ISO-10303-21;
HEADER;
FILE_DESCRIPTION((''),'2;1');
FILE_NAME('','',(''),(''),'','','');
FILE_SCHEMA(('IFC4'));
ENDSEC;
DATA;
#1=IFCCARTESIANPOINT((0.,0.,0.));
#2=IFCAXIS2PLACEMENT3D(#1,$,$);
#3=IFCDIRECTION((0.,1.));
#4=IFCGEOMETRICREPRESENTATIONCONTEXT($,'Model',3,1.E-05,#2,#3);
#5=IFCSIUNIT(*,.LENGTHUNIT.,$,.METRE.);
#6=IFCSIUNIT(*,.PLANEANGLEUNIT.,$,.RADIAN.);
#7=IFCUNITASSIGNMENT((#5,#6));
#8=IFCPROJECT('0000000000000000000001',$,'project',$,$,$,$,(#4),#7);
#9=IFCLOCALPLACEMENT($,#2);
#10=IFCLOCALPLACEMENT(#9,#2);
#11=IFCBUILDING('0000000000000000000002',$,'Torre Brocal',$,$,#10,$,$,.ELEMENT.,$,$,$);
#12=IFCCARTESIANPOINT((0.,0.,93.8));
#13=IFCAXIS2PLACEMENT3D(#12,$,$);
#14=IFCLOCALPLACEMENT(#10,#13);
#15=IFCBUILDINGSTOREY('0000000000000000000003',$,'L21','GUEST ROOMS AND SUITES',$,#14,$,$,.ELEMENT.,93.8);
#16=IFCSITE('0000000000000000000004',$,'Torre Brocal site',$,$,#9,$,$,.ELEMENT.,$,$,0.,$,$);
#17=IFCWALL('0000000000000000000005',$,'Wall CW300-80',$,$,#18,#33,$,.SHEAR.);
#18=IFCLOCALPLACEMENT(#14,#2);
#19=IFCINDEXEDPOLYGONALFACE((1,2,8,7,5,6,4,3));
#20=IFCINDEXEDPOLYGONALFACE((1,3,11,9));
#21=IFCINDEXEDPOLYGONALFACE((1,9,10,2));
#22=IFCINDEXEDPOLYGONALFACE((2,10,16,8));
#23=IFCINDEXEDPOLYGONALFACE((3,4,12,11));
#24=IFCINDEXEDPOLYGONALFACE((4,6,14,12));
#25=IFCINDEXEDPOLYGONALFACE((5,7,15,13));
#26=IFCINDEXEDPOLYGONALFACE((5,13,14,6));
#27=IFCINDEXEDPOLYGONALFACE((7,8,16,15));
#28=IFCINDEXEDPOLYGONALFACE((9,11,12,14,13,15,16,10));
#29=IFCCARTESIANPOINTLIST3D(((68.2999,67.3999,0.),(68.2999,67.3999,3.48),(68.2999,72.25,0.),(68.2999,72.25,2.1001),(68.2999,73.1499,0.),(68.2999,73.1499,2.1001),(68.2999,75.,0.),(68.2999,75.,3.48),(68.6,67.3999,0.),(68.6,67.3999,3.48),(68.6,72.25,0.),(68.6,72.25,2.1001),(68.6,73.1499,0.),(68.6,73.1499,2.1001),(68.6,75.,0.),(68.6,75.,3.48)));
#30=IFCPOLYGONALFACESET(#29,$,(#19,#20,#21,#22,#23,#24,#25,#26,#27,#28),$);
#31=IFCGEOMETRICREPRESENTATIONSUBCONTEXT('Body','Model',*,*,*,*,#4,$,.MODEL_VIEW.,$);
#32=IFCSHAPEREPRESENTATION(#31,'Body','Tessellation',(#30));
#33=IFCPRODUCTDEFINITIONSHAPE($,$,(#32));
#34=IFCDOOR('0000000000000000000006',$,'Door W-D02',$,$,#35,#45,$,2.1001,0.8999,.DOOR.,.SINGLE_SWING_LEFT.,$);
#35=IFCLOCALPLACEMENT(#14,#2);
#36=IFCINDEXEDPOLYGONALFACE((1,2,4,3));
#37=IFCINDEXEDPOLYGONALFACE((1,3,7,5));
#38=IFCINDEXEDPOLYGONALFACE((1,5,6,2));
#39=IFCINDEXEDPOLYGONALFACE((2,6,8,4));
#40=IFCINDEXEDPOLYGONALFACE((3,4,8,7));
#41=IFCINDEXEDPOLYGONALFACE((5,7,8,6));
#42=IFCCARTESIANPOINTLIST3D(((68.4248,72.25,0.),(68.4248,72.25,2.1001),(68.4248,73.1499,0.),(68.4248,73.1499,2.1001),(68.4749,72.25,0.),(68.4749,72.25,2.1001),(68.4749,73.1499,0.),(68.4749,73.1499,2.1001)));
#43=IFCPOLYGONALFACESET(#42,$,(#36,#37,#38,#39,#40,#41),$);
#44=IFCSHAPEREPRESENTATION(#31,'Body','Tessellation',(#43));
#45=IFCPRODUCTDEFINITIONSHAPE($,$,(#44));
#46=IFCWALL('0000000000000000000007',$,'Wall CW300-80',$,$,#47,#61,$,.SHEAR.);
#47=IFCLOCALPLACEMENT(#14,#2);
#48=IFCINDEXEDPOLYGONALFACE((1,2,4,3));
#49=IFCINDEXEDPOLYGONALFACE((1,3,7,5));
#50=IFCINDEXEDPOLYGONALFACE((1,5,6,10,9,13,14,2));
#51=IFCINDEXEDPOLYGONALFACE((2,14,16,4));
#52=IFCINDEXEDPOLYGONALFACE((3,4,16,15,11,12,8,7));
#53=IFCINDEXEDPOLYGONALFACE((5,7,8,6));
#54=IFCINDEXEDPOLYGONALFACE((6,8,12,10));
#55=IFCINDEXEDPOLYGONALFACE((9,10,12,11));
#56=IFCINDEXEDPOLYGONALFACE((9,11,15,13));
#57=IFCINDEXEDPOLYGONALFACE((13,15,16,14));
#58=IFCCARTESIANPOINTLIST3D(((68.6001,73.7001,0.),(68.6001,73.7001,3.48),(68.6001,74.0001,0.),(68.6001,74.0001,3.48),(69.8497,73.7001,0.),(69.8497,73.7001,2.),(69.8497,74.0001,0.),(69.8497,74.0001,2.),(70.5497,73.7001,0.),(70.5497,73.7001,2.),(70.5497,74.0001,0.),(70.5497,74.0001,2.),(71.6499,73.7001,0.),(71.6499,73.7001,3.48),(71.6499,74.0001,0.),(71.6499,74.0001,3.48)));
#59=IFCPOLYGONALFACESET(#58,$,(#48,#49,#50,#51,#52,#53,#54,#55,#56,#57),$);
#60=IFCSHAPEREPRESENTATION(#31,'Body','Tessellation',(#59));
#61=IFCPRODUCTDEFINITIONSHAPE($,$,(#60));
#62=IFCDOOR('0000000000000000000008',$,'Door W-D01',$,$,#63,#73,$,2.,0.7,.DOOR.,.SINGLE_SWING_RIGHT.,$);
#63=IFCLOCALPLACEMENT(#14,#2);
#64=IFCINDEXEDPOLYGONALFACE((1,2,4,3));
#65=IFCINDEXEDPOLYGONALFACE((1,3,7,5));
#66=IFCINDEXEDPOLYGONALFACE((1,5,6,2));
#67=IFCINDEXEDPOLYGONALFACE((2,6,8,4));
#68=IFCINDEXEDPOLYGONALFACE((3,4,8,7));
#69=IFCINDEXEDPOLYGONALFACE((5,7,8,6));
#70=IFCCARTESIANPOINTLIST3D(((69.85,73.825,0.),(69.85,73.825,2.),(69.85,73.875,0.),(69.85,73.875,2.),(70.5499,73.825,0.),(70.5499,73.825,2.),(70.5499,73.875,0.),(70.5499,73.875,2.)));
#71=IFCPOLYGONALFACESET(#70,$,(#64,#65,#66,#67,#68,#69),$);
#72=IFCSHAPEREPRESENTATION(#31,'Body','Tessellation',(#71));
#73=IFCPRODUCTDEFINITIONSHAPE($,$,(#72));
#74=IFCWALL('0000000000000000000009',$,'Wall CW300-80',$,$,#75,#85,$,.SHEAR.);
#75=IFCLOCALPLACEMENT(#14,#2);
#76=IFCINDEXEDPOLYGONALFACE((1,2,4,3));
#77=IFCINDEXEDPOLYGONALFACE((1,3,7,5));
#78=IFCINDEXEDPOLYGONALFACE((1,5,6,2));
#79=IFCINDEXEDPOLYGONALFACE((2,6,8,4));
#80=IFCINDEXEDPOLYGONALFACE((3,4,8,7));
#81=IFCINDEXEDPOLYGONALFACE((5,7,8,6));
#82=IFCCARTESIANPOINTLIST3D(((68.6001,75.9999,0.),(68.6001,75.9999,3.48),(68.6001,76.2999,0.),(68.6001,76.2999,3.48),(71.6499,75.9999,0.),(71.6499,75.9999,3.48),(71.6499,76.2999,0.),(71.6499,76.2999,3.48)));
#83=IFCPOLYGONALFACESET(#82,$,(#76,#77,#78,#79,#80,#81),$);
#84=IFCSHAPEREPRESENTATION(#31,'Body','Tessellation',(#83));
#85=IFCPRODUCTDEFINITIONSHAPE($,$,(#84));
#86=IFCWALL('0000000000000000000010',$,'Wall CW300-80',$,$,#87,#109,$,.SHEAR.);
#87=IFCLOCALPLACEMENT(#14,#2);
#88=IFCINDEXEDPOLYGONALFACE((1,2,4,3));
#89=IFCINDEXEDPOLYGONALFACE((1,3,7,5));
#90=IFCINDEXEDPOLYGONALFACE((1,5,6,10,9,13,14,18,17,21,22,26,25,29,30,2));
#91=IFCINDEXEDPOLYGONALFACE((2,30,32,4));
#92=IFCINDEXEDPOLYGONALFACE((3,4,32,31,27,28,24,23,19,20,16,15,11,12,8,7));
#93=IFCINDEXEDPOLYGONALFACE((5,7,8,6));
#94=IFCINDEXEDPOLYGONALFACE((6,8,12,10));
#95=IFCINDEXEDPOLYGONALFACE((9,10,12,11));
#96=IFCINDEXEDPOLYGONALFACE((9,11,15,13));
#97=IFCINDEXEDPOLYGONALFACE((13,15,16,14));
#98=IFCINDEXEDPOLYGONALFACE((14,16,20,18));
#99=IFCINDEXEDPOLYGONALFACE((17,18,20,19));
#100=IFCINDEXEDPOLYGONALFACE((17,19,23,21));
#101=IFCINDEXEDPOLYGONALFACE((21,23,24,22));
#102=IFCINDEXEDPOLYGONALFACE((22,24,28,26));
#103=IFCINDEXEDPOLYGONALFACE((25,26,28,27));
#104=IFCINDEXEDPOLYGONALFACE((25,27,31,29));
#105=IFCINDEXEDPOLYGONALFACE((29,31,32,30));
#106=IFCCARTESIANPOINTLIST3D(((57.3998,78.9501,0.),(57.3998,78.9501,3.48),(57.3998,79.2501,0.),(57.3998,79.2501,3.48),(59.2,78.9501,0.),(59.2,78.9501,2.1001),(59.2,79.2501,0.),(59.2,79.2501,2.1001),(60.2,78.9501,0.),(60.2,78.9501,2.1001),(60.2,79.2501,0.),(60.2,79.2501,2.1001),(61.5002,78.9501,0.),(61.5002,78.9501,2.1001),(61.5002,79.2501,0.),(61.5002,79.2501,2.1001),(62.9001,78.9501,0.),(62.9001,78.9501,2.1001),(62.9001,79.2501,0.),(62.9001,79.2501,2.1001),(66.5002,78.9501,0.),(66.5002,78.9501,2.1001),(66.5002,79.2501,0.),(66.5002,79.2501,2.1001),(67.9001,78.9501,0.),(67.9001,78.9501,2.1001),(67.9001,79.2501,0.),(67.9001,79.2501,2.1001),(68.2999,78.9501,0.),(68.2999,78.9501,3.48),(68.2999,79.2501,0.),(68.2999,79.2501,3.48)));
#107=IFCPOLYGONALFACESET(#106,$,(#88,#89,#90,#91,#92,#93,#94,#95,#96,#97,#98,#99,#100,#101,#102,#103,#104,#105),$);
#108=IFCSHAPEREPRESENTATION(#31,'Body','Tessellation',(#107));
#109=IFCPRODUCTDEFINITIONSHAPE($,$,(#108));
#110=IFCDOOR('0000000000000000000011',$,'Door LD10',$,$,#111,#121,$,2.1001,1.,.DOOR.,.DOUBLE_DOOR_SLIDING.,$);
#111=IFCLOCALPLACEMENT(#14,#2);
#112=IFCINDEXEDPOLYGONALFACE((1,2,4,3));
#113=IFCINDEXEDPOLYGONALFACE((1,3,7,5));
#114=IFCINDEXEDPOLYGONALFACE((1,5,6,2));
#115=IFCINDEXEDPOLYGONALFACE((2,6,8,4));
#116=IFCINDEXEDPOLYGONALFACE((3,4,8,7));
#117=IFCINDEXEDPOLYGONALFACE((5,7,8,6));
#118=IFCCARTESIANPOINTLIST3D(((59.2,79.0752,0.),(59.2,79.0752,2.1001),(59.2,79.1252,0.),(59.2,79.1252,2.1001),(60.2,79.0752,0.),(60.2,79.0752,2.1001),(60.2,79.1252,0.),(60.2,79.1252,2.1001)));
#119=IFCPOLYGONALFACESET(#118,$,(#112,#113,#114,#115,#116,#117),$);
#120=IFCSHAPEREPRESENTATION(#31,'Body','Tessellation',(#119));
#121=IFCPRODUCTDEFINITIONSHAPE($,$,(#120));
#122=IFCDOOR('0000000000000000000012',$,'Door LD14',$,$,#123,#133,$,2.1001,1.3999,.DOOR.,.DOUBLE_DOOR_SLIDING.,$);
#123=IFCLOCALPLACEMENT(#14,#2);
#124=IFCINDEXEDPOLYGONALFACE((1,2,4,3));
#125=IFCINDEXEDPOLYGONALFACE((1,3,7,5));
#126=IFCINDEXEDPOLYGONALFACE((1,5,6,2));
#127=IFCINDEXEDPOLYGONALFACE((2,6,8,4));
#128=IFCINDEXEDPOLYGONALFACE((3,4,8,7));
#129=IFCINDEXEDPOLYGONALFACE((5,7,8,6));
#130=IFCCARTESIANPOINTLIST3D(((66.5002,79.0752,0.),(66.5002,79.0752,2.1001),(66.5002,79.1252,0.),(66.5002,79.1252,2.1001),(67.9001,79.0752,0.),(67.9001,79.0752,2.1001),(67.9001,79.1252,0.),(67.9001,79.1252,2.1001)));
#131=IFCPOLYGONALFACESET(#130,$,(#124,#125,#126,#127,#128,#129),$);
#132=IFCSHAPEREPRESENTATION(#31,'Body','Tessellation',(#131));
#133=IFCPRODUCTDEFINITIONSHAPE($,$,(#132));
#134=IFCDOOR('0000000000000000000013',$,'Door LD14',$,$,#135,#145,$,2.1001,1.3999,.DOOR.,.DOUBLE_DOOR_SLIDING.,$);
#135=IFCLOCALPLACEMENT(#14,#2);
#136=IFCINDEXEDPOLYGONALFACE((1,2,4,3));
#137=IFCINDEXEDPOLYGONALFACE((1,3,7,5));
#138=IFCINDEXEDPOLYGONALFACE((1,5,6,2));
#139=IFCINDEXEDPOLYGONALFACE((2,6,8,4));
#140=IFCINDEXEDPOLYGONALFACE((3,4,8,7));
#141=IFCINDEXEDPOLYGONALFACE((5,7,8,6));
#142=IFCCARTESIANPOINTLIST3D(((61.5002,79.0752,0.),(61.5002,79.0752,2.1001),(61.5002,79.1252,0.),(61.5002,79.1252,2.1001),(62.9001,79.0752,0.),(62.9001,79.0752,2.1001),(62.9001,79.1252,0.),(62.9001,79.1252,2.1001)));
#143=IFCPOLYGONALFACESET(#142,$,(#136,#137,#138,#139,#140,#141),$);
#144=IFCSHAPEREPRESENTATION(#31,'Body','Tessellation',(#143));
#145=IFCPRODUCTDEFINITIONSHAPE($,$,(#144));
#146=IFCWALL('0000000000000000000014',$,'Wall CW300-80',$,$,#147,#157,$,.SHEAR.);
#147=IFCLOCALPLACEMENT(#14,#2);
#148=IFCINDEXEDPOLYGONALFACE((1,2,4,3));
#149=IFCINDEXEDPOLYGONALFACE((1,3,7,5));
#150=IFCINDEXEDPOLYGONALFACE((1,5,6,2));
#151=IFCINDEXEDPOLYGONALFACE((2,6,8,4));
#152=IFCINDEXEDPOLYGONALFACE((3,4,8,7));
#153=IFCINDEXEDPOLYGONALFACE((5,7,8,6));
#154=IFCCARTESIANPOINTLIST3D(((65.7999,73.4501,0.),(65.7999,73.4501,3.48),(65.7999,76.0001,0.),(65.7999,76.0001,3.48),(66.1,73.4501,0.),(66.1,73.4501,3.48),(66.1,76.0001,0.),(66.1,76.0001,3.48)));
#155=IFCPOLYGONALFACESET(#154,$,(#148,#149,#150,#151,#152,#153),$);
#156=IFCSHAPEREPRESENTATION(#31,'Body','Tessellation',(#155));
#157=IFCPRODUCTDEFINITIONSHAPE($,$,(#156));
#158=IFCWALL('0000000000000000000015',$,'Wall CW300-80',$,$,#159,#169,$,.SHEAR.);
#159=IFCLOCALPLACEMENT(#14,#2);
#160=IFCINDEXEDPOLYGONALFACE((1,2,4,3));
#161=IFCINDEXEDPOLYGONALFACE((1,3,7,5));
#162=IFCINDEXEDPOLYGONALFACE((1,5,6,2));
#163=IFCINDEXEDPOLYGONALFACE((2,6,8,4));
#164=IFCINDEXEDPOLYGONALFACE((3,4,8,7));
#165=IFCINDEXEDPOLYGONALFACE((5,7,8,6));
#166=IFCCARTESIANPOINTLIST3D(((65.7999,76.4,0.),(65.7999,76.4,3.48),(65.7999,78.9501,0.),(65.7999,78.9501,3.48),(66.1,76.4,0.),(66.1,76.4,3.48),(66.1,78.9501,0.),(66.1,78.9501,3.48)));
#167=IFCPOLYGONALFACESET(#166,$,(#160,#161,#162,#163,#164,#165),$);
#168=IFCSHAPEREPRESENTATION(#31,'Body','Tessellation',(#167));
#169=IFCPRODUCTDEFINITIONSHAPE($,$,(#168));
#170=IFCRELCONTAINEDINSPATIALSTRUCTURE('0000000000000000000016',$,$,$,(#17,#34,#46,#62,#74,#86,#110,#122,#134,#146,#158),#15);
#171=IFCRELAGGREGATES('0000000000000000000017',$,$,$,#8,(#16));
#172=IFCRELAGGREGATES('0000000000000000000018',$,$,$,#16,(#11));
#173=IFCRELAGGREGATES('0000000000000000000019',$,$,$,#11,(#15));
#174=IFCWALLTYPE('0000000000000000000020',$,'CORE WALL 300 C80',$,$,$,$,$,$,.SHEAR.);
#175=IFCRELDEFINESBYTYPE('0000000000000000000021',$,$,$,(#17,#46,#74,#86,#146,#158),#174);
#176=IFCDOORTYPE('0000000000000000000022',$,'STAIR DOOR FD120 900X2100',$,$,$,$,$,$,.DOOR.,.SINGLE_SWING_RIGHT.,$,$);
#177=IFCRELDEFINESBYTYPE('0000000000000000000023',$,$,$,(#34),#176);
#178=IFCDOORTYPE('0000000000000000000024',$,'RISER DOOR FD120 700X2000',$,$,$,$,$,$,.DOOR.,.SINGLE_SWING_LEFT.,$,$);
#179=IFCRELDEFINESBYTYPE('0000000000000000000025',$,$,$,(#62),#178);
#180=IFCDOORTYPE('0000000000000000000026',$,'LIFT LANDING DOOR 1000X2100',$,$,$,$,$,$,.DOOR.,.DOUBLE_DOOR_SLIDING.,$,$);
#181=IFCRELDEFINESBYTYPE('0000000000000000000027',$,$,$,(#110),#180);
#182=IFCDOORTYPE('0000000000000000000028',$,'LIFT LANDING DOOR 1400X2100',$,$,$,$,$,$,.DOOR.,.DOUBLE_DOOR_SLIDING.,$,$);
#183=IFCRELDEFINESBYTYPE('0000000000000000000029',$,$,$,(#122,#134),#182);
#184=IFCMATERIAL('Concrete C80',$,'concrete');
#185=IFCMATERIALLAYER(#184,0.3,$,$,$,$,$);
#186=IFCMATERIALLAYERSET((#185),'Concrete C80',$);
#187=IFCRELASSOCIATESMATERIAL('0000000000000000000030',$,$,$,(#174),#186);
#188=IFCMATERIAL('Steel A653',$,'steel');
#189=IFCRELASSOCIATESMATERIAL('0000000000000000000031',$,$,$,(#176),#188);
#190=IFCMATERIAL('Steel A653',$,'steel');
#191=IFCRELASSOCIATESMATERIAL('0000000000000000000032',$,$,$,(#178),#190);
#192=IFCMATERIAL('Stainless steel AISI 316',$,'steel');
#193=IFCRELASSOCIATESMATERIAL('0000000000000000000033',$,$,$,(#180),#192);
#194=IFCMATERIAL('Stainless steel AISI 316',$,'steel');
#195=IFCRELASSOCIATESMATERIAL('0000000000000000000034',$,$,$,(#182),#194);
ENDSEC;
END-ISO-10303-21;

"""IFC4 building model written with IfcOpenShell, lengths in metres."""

from ifc_helpers import new_model, si_unit, direction, frame, frame_2d, origin, place, context, subcontext, project, spatial, rectangle, extrude, material, layer, layer_set, type_object, element, fill, save


model = new_model("IFC4")

# Units and contexts
model_context = context("Model", 3, precision=1e-05, world=origin(), true_north=direction((0.0, 1.0)))
body_context = subcontext(model_context, "Body", "Model", "MODEL_VIEW")
ifc_project = project(units=[si_unit("LENGTHUNIT", "METRE"), si_unit("PLANEANGLEUNIT", "RADIAN")], contexts=[model_context])

# Site, building, storey
site_placement = place(None, origin())
site = spatial("IfcSite", under=ifc_project, at=site_placement, Name="Torre Brocal site", CompositionType="ELEMENT", RefElevation=0.0)
building_placement = place(site_placement, origin())
building = spatial("IfcBuilding", under=site, at=building_placement, Name="Torre Brocal", CompositionType="ELEMENT")
storey_placement = place(building_placement, frame((0.0, 0.0, 93.8)))
storey = spatial("IfcBuildingStorey", under=building, at=storey_placement, Name="L21", Description="GUEST ROOMS AND SUITES", CompositionType="ELEMENT", Elevation=93.8)

# Walls, openings, doors
ifc_material_1 = material(Name="Concrete C80", Category="concrete")
ifc_layer_1 = layer(ifc_material_1, 0.3)
ifc_layer_set_1 = layer_set([ifc_layer_1], Name="Concrete C80")
wall_type_1 = type_object("IfcWallType", Name="CORE WALL 300 C80", PredefinedType="SHEAR", material=ifc_layer_set_1)
wall_1_placement = place(storey_placement, frame((68.45, 75.0, 0.0), z_axis=(0.0, 0.0, 1.0), x_axis=(0.0, -1.0, 0.0)))
wall_1 = element("IfcWall", 1, at=wall_1_placement, inside=storey, type_object=wall_type_1, Name="Wall CW300-80", PredefinedType="SHEAR", context=body_context, shape_type="SweptSolid", body=[
    extrude(rectangle(XDim=7.6001, YDim=0.3, at=frame_2d((3.8, 0.0))), origin(), (0.0, 0.0, 1.0), 3.48),
])
opening_1_placement = place(wall_1_placement, frame((1.8501, 0.0, 0.0)))
opening_1 = element("IfcOpeningElement", 2, at=opening_1_placement, cuts=wall_1, PredefinedType="OPENING", context=body_context, shape_type="SweptSolid", body=[
    extrude(rectangle(XDim=0.8999, YDim=2.1001, at=frame_2d((0.45, 1.05))), frame((0.0, 0.1599, 0.0), z_axis=(0.0, -1.0, 0.0), x_axis=(1.0, 0.0, 0.0)), (0.0, 0.0, 1.0), 0.3201),
])
ifc_material_2 = material(Name="Steel A653", Category="steel")
door_type_1 = type_object("IfcDoorType", Name="STAIR DOOR FD120 900X2100", OperationType="SINGLE_SWING_RIGHT", PredefinedType="DOOR", material=ifc_material_2)
door_1_placement = place(opening_1_placement, origin())
door_1 = element("IfcDoor", 3, at=door_1_placement, inside=storey, type_object=door_type_1, Name="Door W-D02", OperationType="SINGLE_SWING_LEFT", OverallHeight=2.1001, OverallWidth=0.8999, PredefinedType="DOOR", context=body_context, shape_type="SweptSolid", body=[
    extrude(rectangle(XDim=0.8999, YDim=2.1001, at=frame_2d((0.45, 1.05))), frame((0.0, 0.0249, 0.0), z_axis=(0.0, -1.0, 0.0), x_axis=(1.0, 0.0, 0.0)), (0.0, 0.0, 1.0), 0.05),
])
fill(opening_1, door_1)
wall_2_placement = place(storey_placement, frame((71.6499, 73.8501, 0.0), z_axis=(0.0, 0.0, 1.0), x_axis=(-1.0, 0.0, 0.0)))
wall_2 = element("IfcWall", 4, at=wall_2_placement, inside=storey, type_object=wall_type_1, Name="Wall CW300-80", PredefinedType="SHEAR", context=body_context, shape_type="SweptSolid", body=[
    extrude(rectangle(XDim=3.0498, YDim=0.3, at=frame_2d((1.5249, 0.0))), origin(), (0.0, 0.0, 1.0), 3.48),
])
opening_2_placement = place(wall_2_placement, frame((1.1001, 0.0, 0.0)))
opening_2 = element("IfcOpeningElement", 5, at=opening_2_placement, cuts=wall_2, PredefinedType="OPENING", context=body_context, shape_type="SweptSolid", body=[
    extrude(rectangle(XDim=0.7, YDim=2.0, at=frame_2d((0.3501, 1.0))), frame((0.0, 0.1599, 0.0), z_axis=(0.0, -1.0, 0.0), x_axis=(1.0, 0.0, 0.0)), (0.0, 0.0, 1.0), 0.3201),
])
ifc_material_3 = material(Name="Steel A653", Category="steel")
door_type_2 = type_object("IfcDoorType", Name="RISER DOOR FD120 700X2000", OperationType="SINGLE_SWING_LEFT", PredefinedType="DOOR", material=ifc_material_3)
door_2_placement = place(opening_2_placement, frame((0.7, 0.0, 0.0), z_axis=(0.0, 0.0, 1.0), x_axis=(-1.0, 0.0, 0.0)))
door_2 = element("IfcDoor", 6, at=door_2_placement, inside=storey, type_object=door_type_2, Name="Door W-D01", OperationType="SINGLE_SWING_RIGHT", OverallHeight=2.0, OverallWidth=0.7, PredefinedType="DOOR", context=body_context, shape_type="SweptSolid", body=[
    extrude(rectangle(XDim=0.7, YDim=2.0, at=frame_2d((0.3501, 1.0))), frame((0.0, 0.0249, 0.0), z_axis=(0.0, -1.0, 0.0), x_axis=(1.0, 0.0, 0.0)), (0.0, 0.0, 1.0), 0.05),
])
fill(opening_2, door_2)

# Wall
wall_3_placement = place(storey_placement, frame((71.6499, 76.1499, 0.0), z_axis=(0.0, 0.0, 1.0), x_axis=(-1.0, 0.0, 0.0)))
element("IfcWall", 7, at=wall_3_placement, inside=storey, type_object=wall_type_1, Name="Wall CW300-80", PredefinedType="SHEAR", context=body_context, shape_type="SweptSolid", body=[
    extrude(rectangle(XDim=3.0498, YDim=0.3, at=frame_2d((1.5249, 0.0))), origin(), (0.0, 0.0, 1.0), 3.48),
])

# Wall, openings, doors
wall_4_placement = place(storey_placement, frame((68.3, 79.1001, 0.0), z_axis=(0.0, 0.0, 1.0), x_axis=(-1.0, 0.0, 0.0)))
wall_4 = element("IfcWall", 8, at=wall_4_placement, inside=storey, type_object=wall_type_1, Name="Wall CW300-80", PredefinedType="SHEAR", context=body_context, shape_type="SweptSolid", body=[
    extrude(rectangle(XDim=10.9001, YDim=0.3, at=frame_2d((5.4502, 0.0))), origin(), (0.0, 0.0, 1.0), 3.48),
])
opening_3_placement = place(wall_4_placement, frame((0.3999, 0.0, 0.0)))
opening_3 = element("IfcOpeningElement", 9, at=opening_3_placement, cuts=wall_4, PredefinedType="OPENING", context=body_context, shape_type="SweptSolid", body=[
    extrude(rectangle(XDim=1.3999, YDim=2.1001, at=frame_2d((0.7, 1.05))), frame((0.0, 0.1599, 0.0), z_axis=(0.0, -1.0, 0.0), x_axis=(1.0, 0.0, 0.0)), (0.0, 0.0, 1.0), 0.3201),
])
opening_4_placement = place(wall_4_placement, frame((5.3999, 0.0, 0.0)))
opening_4 = element("IfcOpeningElement", 10, at=opening_4_placement, cuts=wall_4, PredefinedType="OPENING", context=body_context, shape_type="SweptSolid", body=[
    extrude(rectangle(XDim=1.3999, YDim=2.1001, at=frame_2d((0.7, 1.05))), frame((0.0, 0.1599, 0.0), z_axis=(0.0, -1.0, 0.0), x_axis=(1.0, 0.0, 0.0)), (0.0, 0.0, 1.0), 0.3201),
])
opening_5_placement = place(wall_4_placement, frame((8.1001, 0.0, 0.0)))
opening_5 = element("IfcOpeningElement", 11, at=opening_5_placement, cuts=wall_4, PredefinedType="OPENING", context=body_context, shape_type="SweptSolid", body=[
    extrude(rectangle(XDim=1.0, YDim=2.1001, at=frame_2d((0.5, 1.05))), frame((0.0, 0.1599, 0.0), z_axis=(0.0, -1.0, 0.0), x_axis=(1.0, 0.0, 0.0)), (0.0, 0.0, 1.0), 0.3201),
])
ifc_material_4 = material(Name="Stainless steel AISI 316", Category="steel")
door_type_3 = type_object("IfcDoorType", Name="LIFT LANDING DOOR 1000X2100", OperationType="DOUBLE_DOOR_SLIDING", PredefinedType="DOOR", material=ifc_material_4)
door_3_placement = place(opening_5_placement, origin())
door_3 = element("IfcDoor", 12, at=door_3_placement, inside=storey, type_object=door_type_3, Name="Door LD10", OperationType="DOUBLE_DOOR_SLIDING", OverallHeight=2.1001, OverallWidth=1.0, PredefinedType="DOOR", context=body_context, shape_type="SweptSolid", body=[
    extrude(rectangle(XDim=1.0, YDim=2.1001, at=frame_2d((0.5, 1.05))), frame((0.0, 0.0249, 0.0), z_axis=(0.0, -1.0, 0.0), x_axis=(1.0, 0.0, 0.0)), (0.0, 0.0, 1.0), 0.05),
])
fill(opening_5, door_3)
ifc_material_5 = material(Name="Stainless steel AISI 316", Category="steel")
door_type_4 = type_object("IfcDoorType", Name="LIFT LANDING DOOR 1400X2100", OperationType="DOUBLE_DOOR_SLIDING", PredefinedType="DOOR", material=ifc_material_5)
door_4_placement = place(opening_3_placement, origin())
door_4 = element("IfcDoor", 13, at=door_4_placement, inside=storey, type_object=door_type_4, Name="Door LD14", OperationType="DOUBLE_DOOR_SLIDING", OverallHeight=2.1001, OverallWidth=1.3999, PredefinedType="DOOR", context=body_context, shape_type="SweptSolid", body=[
    extrude(rectangle(XDim=1.3999, YDim=2.1001, at=frame_2d((0.7, 1.05))), frame((0.0, 0.0249, 0.0), z_axis=(0.0, -1.0, 0.0), x_axis=(1.0, 0.0, 0.0)), (0.0, 0.0, 1.0), 0.05),
])
fill(opening_3, door_4)
door_5_placement = place(opening_4_placement, origin())
door_5 = element("IfcDoor", 14, at=door_5_placement, inside=storey, type_object=door_type_4, Name="Door LD14", OperationType="DOUBLE_DOOR_SLIDING", OverallHeight=2.1001, OverallWidth=1.3999, PredefinedType="DOOR", context=body_context, shape_type="SweptSolid", body=[
    extrude(rectangle(XDim=1.3999, YDim=2.1001, at=frame_2d((0.7, 1.05))), frame((0.0, 0.0249, 0.0), z_axis=(0.0, -1.0, 0.0), x_axis=(1.0, 0.0, 0.0)), (0.0, 0.0, 1.0), 0.05),
])
fill(opening_4, door_5)

# Walls
for number, where, z_axis, x_axis, name in (
    (15, (65.95, 76.0, 0.0), (0.0, 0.0, 1.0), (0.0, -1.0, 0.0), "Wall CW300-80"),
    (16, (65.95, 78.95, 0.0), (0.0, 0.0, 1.0), (0.0, -1.0, 0.0), "Wall CW300-80"),
):
    element("IfcWall", number, at=place(storey_placement, frame(where, z_axis=z_axis, x_axis=x_axis)), inside=storey, type_object=wall_type_1, Name=name, PredefinedType="SHEAR", context=body_context, shape_type="SweptSolid", body=[
        extrude(rectangle(XDim=2.55, YDim=0.3, at=frame_2d((1.2749, 0.0))), origin(), (0.0, 0.0, 1.0), 3.48),
    ])

save(model, "model.ifc")
